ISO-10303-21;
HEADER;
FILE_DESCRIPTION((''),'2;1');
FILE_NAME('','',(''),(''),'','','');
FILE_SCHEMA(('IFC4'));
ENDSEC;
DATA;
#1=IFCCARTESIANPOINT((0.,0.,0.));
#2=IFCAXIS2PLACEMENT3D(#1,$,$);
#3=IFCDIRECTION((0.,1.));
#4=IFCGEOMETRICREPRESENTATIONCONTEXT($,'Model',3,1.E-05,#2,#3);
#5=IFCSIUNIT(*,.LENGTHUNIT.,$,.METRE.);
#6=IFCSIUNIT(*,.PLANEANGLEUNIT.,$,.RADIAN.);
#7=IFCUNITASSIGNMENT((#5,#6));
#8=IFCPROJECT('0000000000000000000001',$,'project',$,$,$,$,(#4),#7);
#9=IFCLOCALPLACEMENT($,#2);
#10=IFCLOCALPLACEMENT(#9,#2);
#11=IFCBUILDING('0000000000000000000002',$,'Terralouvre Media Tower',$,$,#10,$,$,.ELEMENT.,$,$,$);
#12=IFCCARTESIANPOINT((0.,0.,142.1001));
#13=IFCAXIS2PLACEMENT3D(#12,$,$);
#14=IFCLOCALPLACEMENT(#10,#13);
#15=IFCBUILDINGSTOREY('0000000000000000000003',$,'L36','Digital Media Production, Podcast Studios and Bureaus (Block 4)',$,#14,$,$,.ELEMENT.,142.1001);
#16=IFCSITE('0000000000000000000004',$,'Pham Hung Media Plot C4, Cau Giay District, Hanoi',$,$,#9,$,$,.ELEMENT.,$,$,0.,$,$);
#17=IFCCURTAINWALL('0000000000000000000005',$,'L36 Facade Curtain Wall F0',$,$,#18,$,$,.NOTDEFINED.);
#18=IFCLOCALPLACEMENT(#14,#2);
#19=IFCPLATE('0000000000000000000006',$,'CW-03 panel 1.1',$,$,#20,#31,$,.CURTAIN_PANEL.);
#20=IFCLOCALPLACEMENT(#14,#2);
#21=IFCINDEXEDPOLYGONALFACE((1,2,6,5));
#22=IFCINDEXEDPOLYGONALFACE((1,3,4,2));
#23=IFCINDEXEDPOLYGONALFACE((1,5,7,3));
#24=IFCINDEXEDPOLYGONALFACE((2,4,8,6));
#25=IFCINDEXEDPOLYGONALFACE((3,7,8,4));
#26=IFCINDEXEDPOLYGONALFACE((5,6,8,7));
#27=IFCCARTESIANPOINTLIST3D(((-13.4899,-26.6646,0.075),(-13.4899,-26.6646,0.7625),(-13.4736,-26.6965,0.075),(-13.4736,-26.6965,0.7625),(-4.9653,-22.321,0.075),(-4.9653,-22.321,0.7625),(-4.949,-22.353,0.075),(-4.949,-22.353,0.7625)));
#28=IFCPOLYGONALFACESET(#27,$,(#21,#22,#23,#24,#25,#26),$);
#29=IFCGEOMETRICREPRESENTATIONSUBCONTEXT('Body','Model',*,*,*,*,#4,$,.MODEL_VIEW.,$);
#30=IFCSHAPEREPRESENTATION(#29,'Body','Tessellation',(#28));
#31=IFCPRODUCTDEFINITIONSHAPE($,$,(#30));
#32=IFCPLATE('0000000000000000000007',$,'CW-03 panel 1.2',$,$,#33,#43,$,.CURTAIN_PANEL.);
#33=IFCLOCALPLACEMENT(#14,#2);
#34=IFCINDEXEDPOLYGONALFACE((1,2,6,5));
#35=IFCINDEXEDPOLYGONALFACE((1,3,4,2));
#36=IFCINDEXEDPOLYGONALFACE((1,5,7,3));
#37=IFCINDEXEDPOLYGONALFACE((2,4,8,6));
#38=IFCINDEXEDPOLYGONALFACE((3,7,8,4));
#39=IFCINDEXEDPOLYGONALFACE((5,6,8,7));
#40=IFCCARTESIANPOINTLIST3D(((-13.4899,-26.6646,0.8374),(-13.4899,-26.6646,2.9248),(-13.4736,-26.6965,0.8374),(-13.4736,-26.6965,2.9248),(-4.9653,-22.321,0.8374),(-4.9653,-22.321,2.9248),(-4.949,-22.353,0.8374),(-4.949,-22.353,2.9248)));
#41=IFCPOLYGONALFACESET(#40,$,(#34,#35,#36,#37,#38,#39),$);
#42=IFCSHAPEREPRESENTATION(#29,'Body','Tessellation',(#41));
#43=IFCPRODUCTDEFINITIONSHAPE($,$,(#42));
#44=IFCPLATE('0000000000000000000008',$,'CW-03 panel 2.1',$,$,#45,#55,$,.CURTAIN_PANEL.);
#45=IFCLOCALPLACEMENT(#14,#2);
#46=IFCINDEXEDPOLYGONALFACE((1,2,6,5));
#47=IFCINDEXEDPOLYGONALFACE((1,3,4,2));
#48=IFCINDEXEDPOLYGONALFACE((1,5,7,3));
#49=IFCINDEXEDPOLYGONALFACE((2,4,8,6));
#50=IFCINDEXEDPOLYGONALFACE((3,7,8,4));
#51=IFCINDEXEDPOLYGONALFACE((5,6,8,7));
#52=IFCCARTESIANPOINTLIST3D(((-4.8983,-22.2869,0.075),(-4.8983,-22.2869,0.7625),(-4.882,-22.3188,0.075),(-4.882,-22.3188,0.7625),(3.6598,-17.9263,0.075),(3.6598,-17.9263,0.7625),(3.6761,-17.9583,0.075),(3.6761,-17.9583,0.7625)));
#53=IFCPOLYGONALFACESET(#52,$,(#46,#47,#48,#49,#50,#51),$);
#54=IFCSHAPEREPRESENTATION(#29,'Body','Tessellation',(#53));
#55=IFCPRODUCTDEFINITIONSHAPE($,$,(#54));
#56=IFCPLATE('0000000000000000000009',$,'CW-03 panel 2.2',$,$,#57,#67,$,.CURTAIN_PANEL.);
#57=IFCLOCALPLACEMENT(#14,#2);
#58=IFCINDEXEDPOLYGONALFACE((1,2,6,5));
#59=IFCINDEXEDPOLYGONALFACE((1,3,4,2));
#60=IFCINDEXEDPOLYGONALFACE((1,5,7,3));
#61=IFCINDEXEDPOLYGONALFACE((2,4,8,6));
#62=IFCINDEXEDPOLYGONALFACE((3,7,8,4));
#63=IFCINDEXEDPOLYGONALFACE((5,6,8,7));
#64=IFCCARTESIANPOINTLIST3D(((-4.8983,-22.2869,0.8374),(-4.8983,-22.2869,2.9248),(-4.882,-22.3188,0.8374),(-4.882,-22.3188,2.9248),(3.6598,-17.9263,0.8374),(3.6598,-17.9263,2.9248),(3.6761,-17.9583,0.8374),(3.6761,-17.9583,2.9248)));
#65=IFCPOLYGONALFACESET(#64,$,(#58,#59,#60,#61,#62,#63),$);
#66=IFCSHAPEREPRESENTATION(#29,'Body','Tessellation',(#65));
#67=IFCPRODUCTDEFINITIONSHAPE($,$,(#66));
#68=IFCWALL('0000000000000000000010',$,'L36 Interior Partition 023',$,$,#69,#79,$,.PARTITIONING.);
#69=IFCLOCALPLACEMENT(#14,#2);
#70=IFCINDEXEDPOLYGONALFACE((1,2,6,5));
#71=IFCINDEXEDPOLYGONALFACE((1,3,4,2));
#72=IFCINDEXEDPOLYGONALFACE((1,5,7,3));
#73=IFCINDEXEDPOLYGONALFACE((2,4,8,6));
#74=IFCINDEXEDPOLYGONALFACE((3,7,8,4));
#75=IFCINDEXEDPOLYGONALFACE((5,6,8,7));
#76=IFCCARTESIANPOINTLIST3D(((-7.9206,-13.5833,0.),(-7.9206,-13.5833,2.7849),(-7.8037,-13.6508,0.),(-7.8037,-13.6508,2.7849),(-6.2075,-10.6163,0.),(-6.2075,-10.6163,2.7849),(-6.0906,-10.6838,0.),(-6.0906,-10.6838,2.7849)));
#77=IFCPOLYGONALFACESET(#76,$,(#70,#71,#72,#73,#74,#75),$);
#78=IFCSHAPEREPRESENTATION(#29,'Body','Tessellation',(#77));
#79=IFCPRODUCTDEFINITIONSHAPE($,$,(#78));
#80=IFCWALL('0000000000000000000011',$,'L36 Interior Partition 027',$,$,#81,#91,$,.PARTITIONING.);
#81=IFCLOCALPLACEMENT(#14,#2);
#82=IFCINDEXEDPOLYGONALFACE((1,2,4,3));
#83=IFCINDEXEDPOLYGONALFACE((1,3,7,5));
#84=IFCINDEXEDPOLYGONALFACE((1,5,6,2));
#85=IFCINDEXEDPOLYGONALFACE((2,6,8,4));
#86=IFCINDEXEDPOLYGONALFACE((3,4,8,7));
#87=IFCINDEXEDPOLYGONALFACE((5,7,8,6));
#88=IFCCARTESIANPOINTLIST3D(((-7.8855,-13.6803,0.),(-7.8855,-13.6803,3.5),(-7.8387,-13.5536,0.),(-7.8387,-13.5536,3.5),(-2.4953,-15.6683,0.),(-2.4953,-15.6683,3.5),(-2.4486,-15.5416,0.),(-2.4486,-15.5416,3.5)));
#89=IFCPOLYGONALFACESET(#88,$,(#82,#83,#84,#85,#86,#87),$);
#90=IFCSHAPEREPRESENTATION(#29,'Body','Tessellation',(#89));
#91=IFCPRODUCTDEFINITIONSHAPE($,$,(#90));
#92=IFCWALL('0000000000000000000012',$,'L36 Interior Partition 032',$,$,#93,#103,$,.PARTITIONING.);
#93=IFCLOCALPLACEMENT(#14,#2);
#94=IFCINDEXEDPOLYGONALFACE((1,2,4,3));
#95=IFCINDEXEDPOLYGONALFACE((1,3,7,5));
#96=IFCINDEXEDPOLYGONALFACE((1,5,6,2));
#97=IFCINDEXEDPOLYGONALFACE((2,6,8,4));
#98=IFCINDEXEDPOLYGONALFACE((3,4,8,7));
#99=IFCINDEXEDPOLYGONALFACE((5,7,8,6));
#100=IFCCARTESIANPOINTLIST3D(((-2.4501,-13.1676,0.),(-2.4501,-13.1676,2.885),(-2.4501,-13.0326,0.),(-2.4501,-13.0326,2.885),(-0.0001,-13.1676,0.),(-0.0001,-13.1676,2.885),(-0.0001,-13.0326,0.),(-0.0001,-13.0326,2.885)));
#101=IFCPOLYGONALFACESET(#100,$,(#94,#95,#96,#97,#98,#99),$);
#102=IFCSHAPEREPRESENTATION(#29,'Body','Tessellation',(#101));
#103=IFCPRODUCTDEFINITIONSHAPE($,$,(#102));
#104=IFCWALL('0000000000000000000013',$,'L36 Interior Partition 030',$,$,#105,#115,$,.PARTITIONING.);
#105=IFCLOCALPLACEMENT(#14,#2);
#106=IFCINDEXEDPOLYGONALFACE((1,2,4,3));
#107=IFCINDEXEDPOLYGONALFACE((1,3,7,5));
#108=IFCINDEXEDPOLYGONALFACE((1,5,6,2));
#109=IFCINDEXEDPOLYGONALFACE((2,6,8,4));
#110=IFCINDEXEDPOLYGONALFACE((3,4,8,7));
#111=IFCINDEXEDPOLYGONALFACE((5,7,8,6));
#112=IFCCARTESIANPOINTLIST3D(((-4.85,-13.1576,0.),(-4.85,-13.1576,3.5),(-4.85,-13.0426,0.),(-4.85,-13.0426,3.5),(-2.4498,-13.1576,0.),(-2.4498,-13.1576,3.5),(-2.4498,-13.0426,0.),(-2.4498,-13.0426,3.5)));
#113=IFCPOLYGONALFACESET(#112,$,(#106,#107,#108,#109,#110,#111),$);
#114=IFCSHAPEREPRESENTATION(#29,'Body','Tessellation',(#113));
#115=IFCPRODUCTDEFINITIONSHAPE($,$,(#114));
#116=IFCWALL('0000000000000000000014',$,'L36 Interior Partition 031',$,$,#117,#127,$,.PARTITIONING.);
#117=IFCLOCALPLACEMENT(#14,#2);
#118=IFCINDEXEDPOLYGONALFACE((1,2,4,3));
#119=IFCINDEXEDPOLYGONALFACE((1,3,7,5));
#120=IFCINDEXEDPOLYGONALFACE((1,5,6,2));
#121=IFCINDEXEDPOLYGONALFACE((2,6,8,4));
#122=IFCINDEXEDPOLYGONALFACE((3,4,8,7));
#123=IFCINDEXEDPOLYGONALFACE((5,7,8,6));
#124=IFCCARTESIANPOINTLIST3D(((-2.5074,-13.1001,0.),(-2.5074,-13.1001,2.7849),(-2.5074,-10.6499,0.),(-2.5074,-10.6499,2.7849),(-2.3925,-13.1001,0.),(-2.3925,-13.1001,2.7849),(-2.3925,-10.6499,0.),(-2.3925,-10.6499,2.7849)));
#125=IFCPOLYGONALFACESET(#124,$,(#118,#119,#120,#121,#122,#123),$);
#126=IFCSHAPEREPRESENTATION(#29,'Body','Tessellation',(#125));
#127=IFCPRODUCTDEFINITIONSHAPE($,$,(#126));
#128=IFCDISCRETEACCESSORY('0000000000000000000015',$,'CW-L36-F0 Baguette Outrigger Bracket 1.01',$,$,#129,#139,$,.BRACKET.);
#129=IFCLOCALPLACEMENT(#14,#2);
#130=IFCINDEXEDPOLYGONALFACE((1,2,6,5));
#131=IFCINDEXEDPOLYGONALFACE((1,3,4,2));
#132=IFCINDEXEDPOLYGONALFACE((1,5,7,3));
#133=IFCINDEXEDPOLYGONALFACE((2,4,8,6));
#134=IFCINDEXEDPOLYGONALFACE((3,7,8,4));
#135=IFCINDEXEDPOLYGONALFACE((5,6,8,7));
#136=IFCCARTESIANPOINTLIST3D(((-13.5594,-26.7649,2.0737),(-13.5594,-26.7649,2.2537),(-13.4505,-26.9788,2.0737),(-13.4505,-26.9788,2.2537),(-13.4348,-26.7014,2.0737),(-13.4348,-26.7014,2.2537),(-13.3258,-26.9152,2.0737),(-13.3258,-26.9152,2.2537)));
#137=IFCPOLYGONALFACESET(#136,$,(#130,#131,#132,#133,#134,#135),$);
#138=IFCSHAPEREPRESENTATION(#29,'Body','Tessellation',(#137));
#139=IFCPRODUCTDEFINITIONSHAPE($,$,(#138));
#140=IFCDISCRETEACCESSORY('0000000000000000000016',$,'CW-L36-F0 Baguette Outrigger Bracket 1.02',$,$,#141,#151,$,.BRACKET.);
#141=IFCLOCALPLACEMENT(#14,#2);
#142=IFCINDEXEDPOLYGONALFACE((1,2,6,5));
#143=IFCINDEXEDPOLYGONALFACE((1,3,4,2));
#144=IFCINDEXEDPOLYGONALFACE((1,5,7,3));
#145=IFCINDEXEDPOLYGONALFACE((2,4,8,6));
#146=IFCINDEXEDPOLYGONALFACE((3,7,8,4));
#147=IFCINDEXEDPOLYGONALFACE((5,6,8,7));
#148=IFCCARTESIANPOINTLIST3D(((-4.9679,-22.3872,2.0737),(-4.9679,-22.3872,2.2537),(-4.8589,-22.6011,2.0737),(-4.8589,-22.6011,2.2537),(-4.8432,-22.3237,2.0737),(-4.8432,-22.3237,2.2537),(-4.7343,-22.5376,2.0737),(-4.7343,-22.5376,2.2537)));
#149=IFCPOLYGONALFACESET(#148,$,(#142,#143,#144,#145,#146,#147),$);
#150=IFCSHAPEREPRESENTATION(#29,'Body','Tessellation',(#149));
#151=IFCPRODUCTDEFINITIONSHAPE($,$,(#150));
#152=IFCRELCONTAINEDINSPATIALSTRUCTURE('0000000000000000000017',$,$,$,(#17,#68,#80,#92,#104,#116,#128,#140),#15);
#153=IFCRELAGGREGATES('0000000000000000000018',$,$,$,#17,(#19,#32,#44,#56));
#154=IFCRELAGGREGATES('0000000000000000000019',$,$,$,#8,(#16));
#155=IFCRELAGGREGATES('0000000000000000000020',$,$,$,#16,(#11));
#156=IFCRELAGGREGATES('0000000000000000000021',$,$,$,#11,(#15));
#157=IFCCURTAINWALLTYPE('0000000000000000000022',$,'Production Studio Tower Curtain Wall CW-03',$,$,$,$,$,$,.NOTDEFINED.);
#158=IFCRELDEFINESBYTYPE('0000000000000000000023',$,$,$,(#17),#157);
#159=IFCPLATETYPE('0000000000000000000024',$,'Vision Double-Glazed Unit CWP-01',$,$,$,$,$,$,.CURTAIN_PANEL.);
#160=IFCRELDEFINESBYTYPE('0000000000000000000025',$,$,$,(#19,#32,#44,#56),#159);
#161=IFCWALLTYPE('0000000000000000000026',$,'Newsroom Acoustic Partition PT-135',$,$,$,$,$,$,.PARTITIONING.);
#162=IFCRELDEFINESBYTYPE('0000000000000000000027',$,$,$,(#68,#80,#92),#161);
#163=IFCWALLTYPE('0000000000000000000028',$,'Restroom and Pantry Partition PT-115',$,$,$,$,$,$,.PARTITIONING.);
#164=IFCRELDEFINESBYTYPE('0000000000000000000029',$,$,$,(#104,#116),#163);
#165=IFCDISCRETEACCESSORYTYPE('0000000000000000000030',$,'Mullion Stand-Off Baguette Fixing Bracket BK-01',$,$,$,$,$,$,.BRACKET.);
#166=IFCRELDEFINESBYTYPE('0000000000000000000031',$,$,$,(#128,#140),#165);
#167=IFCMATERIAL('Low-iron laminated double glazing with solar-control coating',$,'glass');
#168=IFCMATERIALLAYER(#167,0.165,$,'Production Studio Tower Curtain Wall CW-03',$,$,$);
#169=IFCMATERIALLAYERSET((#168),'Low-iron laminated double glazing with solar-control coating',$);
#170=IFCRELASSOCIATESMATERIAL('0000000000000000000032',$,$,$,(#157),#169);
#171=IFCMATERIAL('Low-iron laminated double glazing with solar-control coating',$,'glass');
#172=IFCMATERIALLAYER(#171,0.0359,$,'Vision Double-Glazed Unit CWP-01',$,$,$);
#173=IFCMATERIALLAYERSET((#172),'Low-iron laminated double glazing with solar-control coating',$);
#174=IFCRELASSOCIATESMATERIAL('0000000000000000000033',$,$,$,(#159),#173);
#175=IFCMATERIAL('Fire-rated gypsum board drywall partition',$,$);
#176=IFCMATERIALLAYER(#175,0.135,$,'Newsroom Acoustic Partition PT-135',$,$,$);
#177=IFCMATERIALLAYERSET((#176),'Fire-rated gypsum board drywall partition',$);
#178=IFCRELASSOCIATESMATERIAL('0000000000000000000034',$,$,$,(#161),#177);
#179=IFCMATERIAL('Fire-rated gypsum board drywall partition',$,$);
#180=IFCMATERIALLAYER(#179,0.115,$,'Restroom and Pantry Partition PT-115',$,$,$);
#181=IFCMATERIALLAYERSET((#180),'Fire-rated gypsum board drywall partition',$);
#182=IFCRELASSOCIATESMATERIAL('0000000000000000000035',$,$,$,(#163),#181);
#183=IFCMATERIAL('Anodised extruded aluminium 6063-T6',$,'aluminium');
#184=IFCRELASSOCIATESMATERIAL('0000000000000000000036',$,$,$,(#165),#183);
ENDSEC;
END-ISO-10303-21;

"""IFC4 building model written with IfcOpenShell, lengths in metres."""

from ifc_helpers import new_model, si_unit, direction, frame, frame_2d, origin, origin_2d, place, context, subcontext, project, spatial, rectangle, extrude, material, layer, layer_set, type_object, element, aggregate, save


model = new_model("IFC4")

# Units and contexts
model_context = context("Model", 3, precision=1e-05, world=origin(), true_north=direction((0.0, 1.0)))
body_context = subcontext(model_context, "Body", "Model", "MODEL_VIEW")
ifc_project = project(units=[si_unit("LENGTHUNIT", "METRE"), si_unit("PLANEANGLEUNIT", "RADIAN")], contexts=[model_context])

# Site, building, storey
site_placement = place(None, origin())
site = spatial("IfcSite", under=ifc_project, at=site_placement, Name="Pham Hung Media Plot C4, Cau Giay District, Hanoi", CompositionType="ELEMENT", RefElevation=0.0)
building_placement = place(site_placement, origin())
building = spatial("IfcBuilding", under=site, at=building_placement, Name="Terralouvre Media Tower", CompositionType="ELEMENT")
storey_placement = place(building_placement, frame((0.0, 0.0, 142.1001)))
storey = spatial("IfcBuildingStorey", under=building, at=storey_placement, Name="L36", Description="Digital Media Production, Podcast Studios and Bureaus (Block 4)", CompositionType="ELEMENT", Elevation=142.1001)

# Curtain wall
ifc_material_1 = material(Name="Low-iron laminated double glazing with solar-control coating", Category="glass")
ifc_layer_1 = layer(ifc_material_1, 0.165, Name="Production Studio Tower Curtain Wall CW-03")
ifc_layer_set_1 = layer_set([ifc_layer_1], Name="Low-iron laminated double glazing with solar-control coating")
curtain_wall_type_1 = type_object("IfcCurtainWallType", Name="Production Studio Tower Curtain Wall CW-03", PredefinedType="NOTDEFINED", material=ifc_layer_set_1)
curtain_wall_1_placement = place(storey_placement, origin())
curtain_wall_1 = element("IfcCurtainWall", 1, at=curtain_wall_1_placement, inside=storey, type_object=curtain_wall_type_1, Name="L36 Facade Curtain Wall F0", PredefinedType="NOTDEFINED")

# Plates
ifc_material_2 = material(Name="Low-iron laminated double glazing with solar-control coating", Category="glass")
ifc_layer_2 = layer(ifc_material_2, 0.0359, Name="Vision Double-Glazed Unit CWP-01")
ifc_layer_set_2 = layer_set([ifc_layer_2], Name="Low-iron laminated double glazing with solar-control coating")
plate_type = type_object("IfcPlateType", Name="Vision Double-Glazed Unit CWP-01", PredefinedType="CURTAIN_PANEL", material=ifc_layer_set_2)
plate_1_placement = place(storey_placement, frame((-9.2195, -24.5088, 0.075), z_axis=(0.0, 0.0, 1.0), x_axis=(0.891007, 0.453991, 0.0)))
plate_1 = element("IfcPlate", 2, at=plate_1_placement, type_object=plate_type, Name="CW-03 panel 1.1", PredefinedType="CURTAIN_PANEL", context=body_context, shape_type="SweptSolid", body=[
    extrude(rectangle(XDim=9.5674, YDim=0.0359, at=origin_2d()), origin(), (0.0, 0.0, 1.0), 0.6875),
])
plate_2_placement = place(storey_placement, frame((-9.2195, -24.5088, 0.8374), z_axis=(0.0, 0.0, 1.0), x_axis=(0.891007, 0.453991, 0.0)))
plate_2 = element("IfcPlate", 3, at=plate_2_placement, type_object=plate_type, Name="CW-03 panel 1.2", PredefinedType="CURTAIN_PANEL", context=body_context, shape_type="SweptSolid", body=[
    extrude(rectangle(XDim=9.5674, YDim=0.0359, at=origin_2d()), origin(), (0.0, 0.0, 1.0), 2.0874),
])
plate_3_placement = place(storey_placement, frame((-0.6111, -20.1226, 0.075), z_axis=(0.0, 0.0, 1.0), x_axis=(0.891007, 0.453991, 0.0)))
plate_3 = element("IfcPlate", 4, at=plate_3_placement, type_object=plate_type, Name="CW-03 panel 2.1", PredefinedType="CURTAIN_PANEL", context=body_context, shape_type="SweptSolid", body=[
    extrude(rectangle(XDim=9.605, YDim=0.0359, at=origin_2d()), origin(), (0.0, 0.0, 1.0), 0.6875),
])
plate_4_placement = place(storey_placement, frame((-0.6111, -20.1226, 0.8374), z_axis=(0.0, 0.0, 1.0), x_axis=(0.891007, 0.453991, 0.0)))
plate_4 = element("IfcPlate", 5, at=plate_4_placement, type_object=plate_type, Name="CW-03 panel 2.2", PredefinedType="CURTAIN_PANEL", context=body_context, shape_type="SweptSolid", body=[
    extrude(rectangle(XDim=9.605, YDim=0.0359, at=origin_2d()), origin(), (0.0, 0.0, 1.0), 2.0874),
])
aggregate(curtain_wall_1, [plate_1, plate_2, plate_3, plate_4])

# Walls
ifc_material_3 = material(Name="Fire-rated gypsum board drywall partition")
ifc_layer_3 = layer(ifc_material_3, 0.135, Name="Newsroom Acoustic Partition PT-135")
ifc_layer_set_3 = layer_set([ifc_layer_3], Name="Fire-rated gypsum board drywall partition")
wall_type_1 = type_object("IfcWallType", Name="Newsroom Acoustic Partition PT-135", PredefinedType="PARTITIONING", material=ifc_layer_set_3)
wall_1_placement = place(storey_placement, frame((-7.8621, -13.6169, 0.0), z_axis=(0.0, 0.0, 1.0), x_axis=(0.500025, 0.866011, 0.0)))
element("IfcWall", 6, at=wall_1_placement, inside=storey, type_object=wall_type_1, Name="L36 Interior Partition 023", PredefinedType="PARTITIONING", context=body_context, shape_type="SweptSolid", body=[
    extrude(rectangle(XDim=3.426, YDim=0.135, at=frame_2d((1.7129, 0.0))), origin(), (0.0, 0.0, 1.0), 2.7849),
])
wall_2_placement = place(storey_placement, frame((-2.4719, -15.605, 0.0), z_axis=(0.0, 0.0, 1.0), x_axis=(-0.938219, 0.346042, 0.0)))
element("IfcWall", 7, at=wall_2_placement, inside=storey, type_object=wall_type_1, Name="L36 Interior Partition 027", PredefinedType="PARTITIONING", context=body_context, shape_type="SweptSolid", body=[
    extrude(rectangle(XDim=5.7451, YDim=0.135, at=frame_2d((2.8726, 0.0))), origin(), (0.0, 0.0, 1.0), 3.5),
])
wall_3_placement = place(storey_placement, frame((0.0, -13.1001, 0.0), z_axis=(0.0, 0.0, 1.0), x_axis=(-1.0, 0.0, 0.0)))
element("IfcWall", 8, at=wall_3_placement, inside=storey, type_object=wall_type_1, Name="L36 Interior Partition 032", PredefinedType="PARTITIONING", context=body_context, shape_type="SweptSolid", body=[
    extrude(rectangle(XDim=2.45, YDim=0.135, at=frame_2d((1.2251, 0.0))), origin(), (0.0, 0.0, 1.0), 2.885),
])
ifc_material_4 = material(Name="Fire-rated gypsum board drywall partition")
ifc_layer_4 = layer(ifc_material_4, 0.115, Name="Restroom and Pantry Partition PT-115")
ifc_layer_set_4 = layer_set([ifc_layer_4], Name="Fire-rated gypsum board drywall partition")
wall_type_2 = type_object("IfcWallType", Name="Restroom and Pantry Partition PT-115", PredefinedType="PARTITIONING", material=ifc_layer_set_4)
wall_4_placement = place(storey_placement, frame((-4.8501, -13.1001, 0.0), z_axis=(0.0, 0.0, 1.0), x_axis=(1.0, 0.0, 0.0)))
element("IfcWall", 9, at=wall_4_placement, inside=storey, type_object=wall_type_2, Name="L36 Interior Partition 030", PredefinedType="PARTITIONING", context=body_context, shape_type="SweptSolid", body=[
    extrude(rectangle(XDim=2.4001, YDim=0.115, at=frame_2d((1.2002, 0.0))), origin(), (0.0, 0.0, 1.0), 3.5),
])
wall_5_placement = place(storey_placement, frame((-2.45, -13.1001, 0.0), z_axis=(0.0, 0.0, 1.0), x_axis=(0.0, 1.0, 0.0)))
element("IfcWall", 10, at=wall_5_placement, inside=storey, type_object=wall_type_2, Name="L36 Interior Partition 031", PredefinedType="PARTITIONING", context=body_context, shape_type="SweptSolid", body=[
    extrude(rectangle(XDim=2.4502, YDim=0.115, at=frame_2d((1.2251, 0.0))), origin(), (0.0, 0.0, 1.0), 2.7849),
])

# Discrete accessories
ifc_material_5 = material(Name="Anodised extruded aluminium 6063-T6", Category="aluminium")
discrete_accessory_type = type_object("IfcDiscreteAccessoryType", Name="Mullion Stand-Off Baguette Fixing Bracket BK-01", PredefinedType="BRACKET", material=ifc_material_5)
for number, where, z_axis, x_axis, name in (
    (11, (-13.4426, -26.8401, 2.0737), (0.0, 0.0, 1.0), (0.891007, 0.453991, 0.0), "CW-L36-F0 Baguette Outrigger Bracket 1.01"),
    (12, (-4.8511, -22.4624, 2.0737), (0.0, 0.0, 1.0), (0.891007, 0.453991, 0.0), "CW-L36-F0 Baguette Outrigger Bracket 1.02"),
):
    element("IfcDiscreteAccessory", number, at=place(storey_placement, frame(where, z_axis=z_axis, x_axis=x_axis)), inside=storey, type_object=discrete_accessory_type, Name=name, PredefinedType="BRACKET", context=body_context, shape_type="SweptSolid", body=[
        extrude(rectangle(XDim=0.1399, YDim=0.24, at=origin_2d()), origin(), (0.0, 0.0, 1.0), 0.1799),
    ])

save(model, "model.ifc")
